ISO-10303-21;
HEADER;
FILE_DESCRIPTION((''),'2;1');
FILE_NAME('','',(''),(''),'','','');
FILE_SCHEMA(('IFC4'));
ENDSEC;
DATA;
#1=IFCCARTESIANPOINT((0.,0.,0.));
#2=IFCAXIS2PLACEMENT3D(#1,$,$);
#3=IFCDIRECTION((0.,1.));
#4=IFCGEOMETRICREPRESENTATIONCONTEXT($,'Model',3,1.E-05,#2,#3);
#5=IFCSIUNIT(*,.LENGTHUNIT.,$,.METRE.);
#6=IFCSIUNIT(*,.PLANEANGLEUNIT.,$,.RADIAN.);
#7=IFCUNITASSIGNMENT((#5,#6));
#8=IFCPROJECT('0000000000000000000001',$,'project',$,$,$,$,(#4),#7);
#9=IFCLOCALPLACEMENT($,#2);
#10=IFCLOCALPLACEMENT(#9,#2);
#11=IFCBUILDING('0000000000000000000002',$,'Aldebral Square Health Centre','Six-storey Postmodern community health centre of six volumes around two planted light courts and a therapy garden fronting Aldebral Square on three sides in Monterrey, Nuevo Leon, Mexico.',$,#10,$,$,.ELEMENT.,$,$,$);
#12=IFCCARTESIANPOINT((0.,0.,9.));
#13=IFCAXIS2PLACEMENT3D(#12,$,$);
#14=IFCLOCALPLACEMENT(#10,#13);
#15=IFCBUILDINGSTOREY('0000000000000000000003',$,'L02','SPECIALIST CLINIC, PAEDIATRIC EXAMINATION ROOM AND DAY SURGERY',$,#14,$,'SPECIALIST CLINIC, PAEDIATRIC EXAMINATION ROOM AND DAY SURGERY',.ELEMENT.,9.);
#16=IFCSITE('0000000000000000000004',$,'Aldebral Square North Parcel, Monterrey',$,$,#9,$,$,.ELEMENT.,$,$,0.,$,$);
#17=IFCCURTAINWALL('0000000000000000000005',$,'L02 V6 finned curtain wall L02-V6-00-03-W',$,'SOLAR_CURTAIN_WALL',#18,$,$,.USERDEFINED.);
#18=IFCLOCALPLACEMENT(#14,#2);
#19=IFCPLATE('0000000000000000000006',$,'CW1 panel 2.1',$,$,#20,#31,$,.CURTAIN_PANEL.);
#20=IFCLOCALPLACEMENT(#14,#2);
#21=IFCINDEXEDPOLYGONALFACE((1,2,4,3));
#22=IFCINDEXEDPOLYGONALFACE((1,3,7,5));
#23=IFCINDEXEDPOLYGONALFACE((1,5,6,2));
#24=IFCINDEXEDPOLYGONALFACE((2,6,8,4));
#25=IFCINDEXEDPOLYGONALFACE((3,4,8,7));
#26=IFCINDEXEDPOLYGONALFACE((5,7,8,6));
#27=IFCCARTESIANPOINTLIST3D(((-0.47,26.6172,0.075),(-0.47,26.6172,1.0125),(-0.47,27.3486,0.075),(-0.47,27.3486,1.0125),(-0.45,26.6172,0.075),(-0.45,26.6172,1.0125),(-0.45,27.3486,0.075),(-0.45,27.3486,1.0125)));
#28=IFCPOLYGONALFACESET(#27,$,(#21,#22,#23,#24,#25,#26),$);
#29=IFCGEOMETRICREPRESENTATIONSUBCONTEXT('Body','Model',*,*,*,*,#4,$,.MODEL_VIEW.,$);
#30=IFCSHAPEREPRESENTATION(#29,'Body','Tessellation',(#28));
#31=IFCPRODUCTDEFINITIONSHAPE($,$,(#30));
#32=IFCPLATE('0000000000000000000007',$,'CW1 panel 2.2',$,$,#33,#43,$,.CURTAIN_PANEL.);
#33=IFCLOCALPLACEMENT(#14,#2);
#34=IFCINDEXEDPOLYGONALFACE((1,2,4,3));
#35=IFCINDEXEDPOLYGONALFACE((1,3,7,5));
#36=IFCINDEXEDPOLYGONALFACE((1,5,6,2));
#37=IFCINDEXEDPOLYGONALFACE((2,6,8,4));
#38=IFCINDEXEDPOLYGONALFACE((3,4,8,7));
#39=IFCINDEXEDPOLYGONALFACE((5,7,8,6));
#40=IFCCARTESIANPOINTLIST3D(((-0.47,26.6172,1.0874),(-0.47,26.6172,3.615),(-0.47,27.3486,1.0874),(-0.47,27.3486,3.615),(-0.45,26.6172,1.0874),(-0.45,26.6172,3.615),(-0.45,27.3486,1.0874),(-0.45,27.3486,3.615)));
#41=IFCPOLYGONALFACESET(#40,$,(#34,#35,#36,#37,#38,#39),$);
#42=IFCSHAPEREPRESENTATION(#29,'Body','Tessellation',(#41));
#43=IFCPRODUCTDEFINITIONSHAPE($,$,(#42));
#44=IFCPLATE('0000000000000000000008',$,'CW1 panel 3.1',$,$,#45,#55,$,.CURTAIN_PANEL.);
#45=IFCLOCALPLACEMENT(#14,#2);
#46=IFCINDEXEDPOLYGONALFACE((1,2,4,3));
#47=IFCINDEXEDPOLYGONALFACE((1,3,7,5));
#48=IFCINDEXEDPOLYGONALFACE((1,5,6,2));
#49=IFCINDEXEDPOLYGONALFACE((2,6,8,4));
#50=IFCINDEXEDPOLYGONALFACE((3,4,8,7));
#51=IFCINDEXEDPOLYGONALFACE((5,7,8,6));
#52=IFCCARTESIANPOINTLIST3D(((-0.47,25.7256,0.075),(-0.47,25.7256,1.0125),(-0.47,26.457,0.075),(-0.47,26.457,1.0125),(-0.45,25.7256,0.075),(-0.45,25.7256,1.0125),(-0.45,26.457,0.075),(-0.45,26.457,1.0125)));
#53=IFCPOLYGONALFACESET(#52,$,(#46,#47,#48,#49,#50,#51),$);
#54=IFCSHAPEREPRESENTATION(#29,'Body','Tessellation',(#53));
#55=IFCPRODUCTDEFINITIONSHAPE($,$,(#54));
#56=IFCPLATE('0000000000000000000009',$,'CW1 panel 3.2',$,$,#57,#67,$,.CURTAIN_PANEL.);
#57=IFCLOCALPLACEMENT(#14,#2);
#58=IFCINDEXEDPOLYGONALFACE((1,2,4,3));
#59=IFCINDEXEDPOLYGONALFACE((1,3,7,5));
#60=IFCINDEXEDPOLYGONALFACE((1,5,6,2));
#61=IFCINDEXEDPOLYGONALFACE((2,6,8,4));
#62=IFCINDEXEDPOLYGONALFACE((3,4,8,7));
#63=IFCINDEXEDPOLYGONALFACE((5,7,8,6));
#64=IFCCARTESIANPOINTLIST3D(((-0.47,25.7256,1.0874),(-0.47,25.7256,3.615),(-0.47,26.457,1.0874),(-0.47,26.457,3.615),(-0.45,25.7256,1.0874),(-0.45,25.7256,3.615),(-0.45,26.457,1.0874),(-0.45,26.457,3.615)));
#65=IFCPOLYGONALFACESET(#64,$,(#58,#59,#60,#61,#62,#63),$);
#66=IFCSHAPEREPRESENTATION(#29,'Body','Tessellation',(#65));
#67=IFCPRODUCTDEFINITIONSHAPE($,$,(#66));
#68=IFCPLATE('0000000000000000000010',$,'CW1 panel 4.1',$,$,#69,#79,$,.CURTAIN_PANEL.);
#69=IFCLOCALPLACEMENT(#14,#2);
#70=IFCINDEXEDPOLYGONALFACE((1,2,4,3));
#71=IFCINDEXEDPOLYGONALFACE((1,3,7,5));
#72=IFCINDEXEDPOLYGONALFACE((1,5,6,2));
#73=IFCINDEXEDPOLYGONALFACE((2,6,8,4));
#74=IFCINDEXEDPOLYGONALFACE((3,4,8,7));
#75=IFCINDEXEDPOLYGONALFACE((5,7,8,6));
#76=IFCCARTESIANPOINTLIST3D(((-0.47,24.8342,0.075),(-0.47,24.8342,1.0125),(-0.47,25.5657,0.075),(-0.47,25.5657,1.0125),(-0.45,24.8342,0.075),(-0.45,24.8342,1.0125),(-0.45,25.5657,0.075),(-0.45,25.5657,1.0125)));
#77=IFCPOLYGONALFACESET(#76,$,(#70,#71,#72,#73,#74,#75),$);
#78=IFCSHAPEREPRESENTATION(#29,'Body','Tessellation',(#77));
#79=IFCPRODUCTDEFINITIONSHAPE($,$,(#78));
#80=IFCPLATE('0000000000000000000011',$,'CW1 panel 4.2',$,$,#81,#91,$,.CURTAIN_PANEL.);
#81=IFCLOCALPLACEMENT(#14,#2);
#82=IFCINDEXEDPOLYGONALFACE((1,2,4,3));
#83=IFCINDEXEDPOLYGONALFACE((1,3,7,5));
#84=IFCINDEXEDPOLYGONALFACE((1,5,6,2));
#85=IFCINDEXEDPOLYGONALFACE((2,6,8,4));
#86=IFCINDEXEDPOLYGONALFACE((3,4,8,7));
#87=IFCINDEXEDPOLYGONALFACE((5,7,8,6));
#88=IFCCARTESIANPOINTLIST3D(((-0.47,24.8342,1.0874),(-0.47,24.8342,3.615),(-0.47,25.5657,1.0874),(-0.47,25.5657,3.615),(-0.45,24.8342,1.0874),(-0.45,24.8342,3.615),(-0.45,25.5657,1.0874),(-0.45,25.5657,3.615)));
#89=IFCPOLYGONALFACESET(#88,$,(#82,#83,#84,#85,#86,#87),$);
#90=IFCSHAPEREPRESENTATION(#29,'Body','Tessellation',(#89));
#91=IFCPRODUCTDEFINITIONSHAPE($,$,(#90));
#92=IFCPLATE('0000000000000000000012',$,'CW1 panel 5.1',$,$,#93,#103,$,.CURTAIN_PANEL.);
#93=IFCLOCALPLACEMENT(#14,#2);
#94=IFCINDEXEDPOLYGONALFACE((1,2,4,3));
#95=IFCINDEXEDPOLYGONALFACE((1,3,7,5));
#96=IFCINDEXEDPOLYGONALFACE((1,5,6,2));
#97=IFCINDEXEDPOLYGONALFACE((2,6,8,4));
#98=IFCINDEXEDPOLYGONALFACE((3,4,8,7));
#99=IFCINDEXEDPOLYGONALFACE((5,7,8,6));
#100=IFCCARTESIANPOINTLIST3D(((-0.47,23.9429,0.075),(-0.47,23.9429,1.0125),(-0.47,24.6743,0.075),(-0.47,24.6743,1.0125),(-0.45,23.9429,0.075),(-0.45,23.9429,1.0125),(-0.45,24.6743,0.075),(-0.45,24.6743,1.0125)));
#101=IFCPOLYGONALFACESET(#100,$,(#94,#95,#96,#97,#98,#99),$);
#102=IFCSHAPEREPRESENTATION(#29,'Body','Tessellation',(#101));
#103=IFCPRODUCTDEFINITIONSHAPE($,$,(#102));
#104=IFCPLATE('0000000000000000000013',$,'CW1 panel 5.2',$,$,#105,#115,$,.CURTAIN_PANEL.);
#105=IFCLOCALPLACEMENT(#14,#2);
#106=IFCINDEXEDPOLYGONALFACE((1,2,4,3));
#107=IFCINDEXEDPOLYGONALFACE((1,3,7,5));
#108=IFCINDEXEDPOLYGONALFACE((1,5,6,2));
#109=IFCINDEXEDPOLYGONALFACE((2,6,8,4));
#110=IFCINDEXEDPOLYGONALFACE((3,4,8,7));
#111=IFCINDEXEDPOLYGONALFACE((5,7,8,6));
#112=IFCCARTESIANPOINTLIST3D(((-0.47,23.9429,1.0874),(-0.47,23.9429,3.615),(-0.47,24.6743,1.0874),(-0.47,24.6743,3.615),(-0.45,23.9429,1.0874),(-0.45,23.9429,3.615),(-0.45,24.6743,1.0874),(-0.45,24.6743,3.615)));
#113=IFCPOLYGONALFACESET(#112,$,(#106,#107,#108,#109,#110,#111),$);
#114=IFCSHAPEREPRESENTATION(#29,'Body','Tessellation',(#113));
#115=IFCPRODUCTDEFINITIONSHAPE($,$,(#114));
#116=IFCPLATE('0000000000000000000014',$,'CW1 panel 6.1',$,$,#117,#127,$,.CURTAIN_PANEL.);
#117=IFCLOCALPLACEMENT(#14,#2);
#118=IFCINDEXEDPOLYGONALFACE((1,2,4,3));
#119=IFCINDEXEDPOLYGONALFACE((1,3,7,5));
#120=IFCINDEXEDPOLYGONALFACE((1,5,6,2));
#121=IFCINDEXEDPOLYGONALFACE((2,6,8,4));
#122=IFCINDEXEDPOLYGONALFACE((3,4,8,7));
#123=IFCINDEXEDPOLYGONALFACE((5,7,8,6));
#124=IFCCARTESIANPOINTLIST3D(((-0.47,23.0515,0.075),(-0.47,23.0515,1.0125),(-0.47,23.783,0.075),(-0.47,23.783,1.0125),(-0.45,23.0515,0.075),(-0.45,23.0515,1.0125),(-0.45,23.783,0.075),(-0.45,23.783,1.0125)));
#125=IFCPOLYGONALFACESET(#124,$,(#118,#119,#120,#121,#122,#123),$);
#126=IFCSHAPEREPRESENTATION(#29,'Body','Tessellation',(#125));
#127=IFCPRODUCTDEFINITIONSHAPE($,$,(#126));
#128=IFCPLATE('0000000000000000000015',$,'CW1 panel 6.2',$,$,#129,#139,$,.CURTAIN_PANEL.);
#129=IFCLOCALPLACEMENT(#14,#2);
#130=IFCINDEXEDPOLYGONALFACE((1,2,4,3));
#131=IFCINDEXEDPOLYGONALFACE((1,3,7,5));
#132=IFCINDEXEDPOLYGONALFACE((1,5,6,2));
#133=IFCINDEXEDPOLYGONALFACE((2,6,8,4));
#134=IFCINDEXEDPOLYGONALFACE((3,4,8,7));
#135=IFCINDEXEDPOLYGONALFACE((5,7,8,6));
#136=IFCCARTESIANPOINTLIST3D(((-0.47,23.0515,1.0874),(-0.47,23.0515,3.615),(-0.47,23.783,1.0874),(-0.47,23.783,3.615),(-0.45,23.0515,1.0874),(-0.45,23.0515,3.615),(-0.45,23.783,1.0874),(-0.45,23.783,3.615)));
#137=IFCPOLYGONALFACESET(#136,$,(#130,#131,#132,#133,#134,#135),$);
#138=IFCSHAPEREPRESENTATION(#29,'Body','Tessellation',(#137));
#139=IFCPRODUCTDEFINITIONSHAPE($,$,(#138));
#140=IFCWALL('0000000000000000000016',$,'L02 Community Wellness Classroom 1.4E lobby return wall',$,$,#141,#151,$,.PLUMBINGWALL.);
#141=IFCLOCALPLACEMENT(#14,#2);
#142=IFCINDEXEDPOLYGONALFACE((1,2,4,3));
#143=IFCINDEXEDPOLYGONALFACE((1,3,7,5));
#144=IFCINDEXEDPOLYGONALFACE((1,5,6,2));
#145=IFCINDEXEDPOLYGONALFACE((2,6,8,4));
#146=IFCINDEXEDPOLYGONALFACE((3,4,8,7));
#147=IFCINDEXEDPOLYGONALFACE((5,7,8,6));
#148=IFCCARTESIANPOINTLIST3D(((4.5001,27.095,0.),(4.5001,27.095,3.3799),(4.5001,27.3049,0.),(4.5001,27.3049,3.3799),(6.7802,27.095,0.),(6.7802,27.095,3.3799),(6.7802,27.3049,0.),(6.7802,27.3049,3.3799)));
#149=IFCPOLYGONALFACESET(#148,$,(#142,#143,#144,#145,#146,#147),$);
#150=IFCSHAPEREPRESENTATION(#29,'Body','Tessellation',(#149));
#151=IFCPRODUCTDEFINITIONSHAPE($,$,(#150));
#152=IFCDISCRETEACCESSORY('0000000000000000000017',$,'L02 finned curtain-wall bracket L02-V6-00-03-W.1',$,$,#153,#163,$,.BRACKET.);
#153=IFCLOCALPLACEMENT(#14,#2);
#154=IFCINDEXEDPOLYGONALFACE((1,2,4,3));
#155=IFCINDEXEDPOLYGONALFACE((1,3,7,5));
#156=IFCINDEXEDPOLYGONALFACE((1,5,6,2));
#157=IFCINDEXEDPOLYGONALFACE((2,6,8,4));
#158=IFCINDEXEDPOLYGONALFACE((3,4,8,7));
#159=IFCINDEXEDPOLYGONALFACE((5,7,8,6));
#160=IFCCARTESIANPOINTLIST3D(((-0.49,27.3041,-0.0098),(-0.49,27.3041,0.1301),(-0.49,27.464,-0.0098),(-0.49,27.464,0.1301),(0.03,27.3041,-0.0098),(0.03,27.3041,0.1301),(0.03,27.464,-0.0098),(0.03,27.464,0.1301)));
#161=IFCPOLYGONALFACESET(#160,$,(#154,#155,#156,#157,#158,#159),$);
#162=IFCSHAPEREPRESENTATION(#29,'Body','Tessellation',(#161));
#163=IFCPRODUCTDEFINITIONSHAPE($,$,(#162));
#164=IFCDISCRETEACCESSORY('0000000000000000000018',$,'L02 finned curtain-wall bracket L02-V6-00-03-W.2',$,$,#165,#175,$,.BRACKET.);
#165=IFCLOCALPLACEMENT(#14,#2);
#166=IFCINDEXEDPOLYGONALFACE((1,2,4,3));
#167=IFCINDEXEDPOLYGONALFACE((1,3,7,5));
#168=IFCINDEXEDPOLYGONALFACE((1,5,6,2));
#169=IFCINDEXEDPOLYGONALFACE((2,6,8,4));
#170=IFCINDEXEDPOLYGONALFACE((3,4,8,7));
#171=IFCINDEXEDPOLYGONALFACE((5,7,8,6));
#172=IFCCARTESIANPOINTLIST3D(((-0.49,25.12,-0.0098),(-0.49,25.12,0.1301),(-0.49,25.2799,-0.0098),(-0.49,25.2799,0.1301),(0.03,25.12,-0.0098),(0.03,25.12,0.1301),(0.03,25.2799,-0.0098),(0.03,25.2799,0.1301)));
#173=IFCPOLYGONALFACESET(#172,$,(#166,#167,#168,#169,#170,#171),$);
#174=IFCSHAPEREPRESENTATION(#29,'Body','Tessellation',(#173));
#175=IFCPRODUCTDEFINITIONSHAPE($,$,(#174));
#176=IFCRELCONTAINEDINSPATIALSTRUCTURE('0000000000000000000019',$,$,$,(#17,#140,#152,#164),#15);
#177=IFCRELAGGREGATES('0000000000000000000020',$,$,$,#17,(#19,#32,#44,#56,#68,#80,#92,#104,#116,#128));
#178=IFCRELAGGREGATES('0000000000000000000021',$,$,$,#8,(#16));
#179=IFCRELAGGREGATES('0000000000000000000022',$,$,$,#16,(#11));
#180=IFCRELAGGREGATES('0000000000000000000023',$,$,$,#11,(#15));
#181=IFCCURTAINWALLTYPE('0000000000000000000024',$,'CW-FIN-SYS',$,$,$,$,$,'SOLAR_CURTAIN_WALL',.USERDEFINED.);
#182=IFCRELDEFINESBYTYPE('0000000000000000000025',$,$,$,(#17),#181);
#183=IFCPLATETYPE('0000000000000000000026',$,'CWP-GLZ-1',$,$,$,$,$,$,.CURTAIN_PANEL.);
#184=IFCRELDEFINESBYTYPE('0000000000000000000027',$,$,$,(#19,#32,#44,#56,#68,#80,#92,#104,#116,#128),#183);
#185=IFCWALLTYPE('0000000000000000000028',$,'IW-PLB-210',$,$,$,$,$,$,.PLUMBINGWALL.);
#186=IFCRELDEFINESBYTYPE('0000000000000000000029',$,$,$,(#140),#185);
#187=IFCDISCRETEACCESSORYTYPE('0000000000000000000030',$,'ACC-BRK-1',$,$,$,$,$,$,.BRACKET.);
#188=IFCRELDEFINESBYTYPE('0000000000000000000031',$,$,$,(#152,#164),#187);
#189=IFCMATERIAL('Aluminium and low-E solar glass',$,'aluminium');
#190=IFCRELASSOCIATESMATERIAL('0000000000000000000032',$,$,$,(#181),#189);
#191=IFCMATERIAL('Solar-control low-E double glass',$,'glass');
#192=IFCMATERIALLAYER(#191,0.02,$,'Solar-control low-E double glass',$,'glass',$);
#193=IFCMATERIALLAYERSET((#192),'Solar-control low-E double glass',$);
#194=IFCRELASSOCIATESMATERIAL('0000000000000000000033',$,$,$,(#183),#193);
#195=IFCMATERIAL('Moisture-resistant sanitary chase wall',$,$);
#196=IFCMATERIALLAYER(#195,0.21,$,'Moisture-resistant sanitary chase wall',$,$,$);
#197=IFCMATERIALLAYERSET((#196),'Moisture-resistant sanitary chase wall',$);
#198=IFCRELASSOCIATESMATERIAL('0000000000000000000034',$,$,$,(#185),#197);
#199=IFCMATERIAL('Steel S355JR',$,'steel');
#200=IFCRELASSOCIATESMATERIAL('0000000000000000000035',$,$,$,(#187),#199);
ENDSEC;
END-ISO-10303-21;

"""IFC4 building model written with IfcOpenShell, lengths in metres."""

from ifc_helpers import new_model, si_unit, direction, frame, frame_2d, origin, origin_2d, place, context, subcontext, project, spatial, rectangle, extrude, material, layer, layer_set, type_object, element, aggregate, save


model = new_model("IFC4")

# Units and contexts
model_context = context("Model", 3, precision=1e-05, world=origin(), true_north=direction((0.0, 1.0)))
body_context = subcontext(model_context, "Body", "Model", "MODEL_VIEW")
ifc_project = project(units=[si_unit("LENGTHUNIT", "METRE"), si_unit("PLANEANGLEUNIT", "RADIAN")], contexts=[model_context])

# Site, building, storey
site_placement = place(None, origin())
site = spatial("IfcSite", under=ifc_project, at=site_placement, Name="Aldebral Square North Parcel, Monterrey", CompositionType="ELEMENT", RefElevation=0.0)
building_placement = place(site_placement, origin())
building = spatial("IfcBuilding", under=site, at=building_placement, Name="Aldebral Square Health Centre", Description="Six-storey Postmodern community health centre of six volumes around two planted light courts and a therapy garden fronting Aldebral Square on three sides in Monterrey, Nuevo Leon, Mexico.", CompositionType="ELEMENT")
storey_placement = place(building_placement, frame((0.0, 0.0, 9.0)))
storey = spatial("IfcBuildingStorey", under=building, at=storey_placement, Name="L02", Description="SPECIALIST CLINIC, PAEDIATRIC EXAMINATION ROOM AND DAY SURGERY", LongName="SPECIALIST CLINIC, PAEDIATRIC EXAMINATION ROOM AND DAY SURGERY", CompositionType="ELEMENT", Elevation=9.0)

# Curtain wall, plates
ifc_material_1 = material(Name="Aluminium and low-E solar glass", Category="aluminium")
curtain_wall_type = type_object("IfcCurtainWallType", Name="CW-FIN-SYS", ElementType="SOLAR_CURTAIN_WALL", PredefinedType="USERDEFINED", material=ifc_material_1)
curtain_wall_placement = place(storey_placement, origin())
curtain_wall = element("IfcCurtainWall", 1, at=curtain_wall_placement, inside=storey, type_object=curtain_wall_type, Name="L02 V6 finned curtain wall L02-V6-00-03-W", ObjectType="SOLAR_CURTAIN_WALL", PredefinedType="USERDEFINED")
ifc_material_2 = material(Name="Solar-control low-E double glass", Category="glass")
ifc_layer_1 = layer(ifc_material_2, 0.02, Name="Solar-control low-E double glass", Category="glass")
ifc_layer_set_1 = layer_set([ifc_layer_1], Name="Solar-control low-E double glass")
plate_type = type_object("IfcPlateType", Name="CWP-GLZ-1", PredefinedType="CURTAIN_PANEL", material=ifc_layer_set_1)
plate_1_placement = place(storey_placement, frame((-0.46, 26.9829, 0.075), z_axis=(0.0, 0.0, 1.0), x_axis=(0.0, -1.0, 0.0)))
plate_1 = element("IfcPlate", 2, at=plate_1_placement, type_object=plate_type, Name="CW1 panel 2.1", PredefinedType="CURTAIN_PANEL", context=body_context, shape_type="SweptSolid", body=[
    extrude(rectangle(XDim=0.7314, YDim=0.02, at=origin_2d()), origin(), (0.0, 0.0, 1.0), 0.9375),
])
plate_2_placement = place(storey_placement, frame((-0.46, 26.9829, 1.0874), z_axis=(0.0, 0.0, 1.0), x_axis=(0.0, -1.0, 0.0)))
plate_2 = element("IfcPlate", 3, at=plate_2_placement, type_object=plate_type, Name="CW1 panel 2.2", PredefinedType="CURTAIN_PANEL", context=body_context, shape_type="SweptSolid", body=[
    extrude(rectangle(XDim=0.7314, YDim=0.02, at=origin_2d()), origin(), (0.0, 0.0, 1.0), 2.5276),
])
plate_3_placement = place(storey_placement, frame((-0.46, 26.0913, 0.075), z_axis=(0.0, 0.0, 1.0), x_axis=(0.0, -1.0, 0.0)))
plate_3 = element("IfcPlate", 4, at=plate_3_placement, type_object=plate_type, Name="CW1 panel 3.1", PredefinedType="CURTAIN_PANEL", context=body_context, shape_type="SweptSolid", body=[
    extrude(rectangle(XDim=0.7314, YDim=0.02, at=origin_2d()), origin(), (0.0, 0.0, 1.0), 0.9375),
])
plate_4_placement = place(storey_placement, frame((-0.46, 26.0913, 1.0874), z_axis=(0.0, 0.0, 1.0), x_axis=(0.0, -1.0, 0.0)))
plate_4 = element("IfcPlate", 5, at=plate_4_placement, type_object=plate_type, Name="CW1 panel 3.2", PredefinedType="CURTAIN_PANEL", context=body_context, shape_type="SweptSolid", body=[
    extrude(rectangle(XDim=0.7314, YDim=0.02, at=origin_2d()), origin(), (0.0, 0.0, 1.0), 2.5276),
])
plate_5_placement = place(storey_placement, frame((-0.46, 25.2, 0.075), z_axis=(0.0, 0.0, 1.0), x_axis=(0.0, -1.0, 0.0)))
plate_5 = element("IfcPlate", 6, at=plate_5_placement, type_object=plate_type, Name="CW1 panel 4.1", PredefinedType="CURTAIN_PANEL", context=body_context, shape_type="SweptSolid", body=[
    extrude(rectangle(XDim=0.7314, YDim=0.02, at=origin_2d()), origin(), (0.0, 0.0, 1.0), 0.9375),
])
plate_6_placement = place(storey_placement, frame((-0.46, 25.2, 1.0874), z_axis=(0.0, 0.0, 1.0), x_axis=(0.0, -1.0, 0.0)))
plate_6 = element("IfcPlate", 7, at=plate_6_placement, type_object=plate_type, Name="CW1 panel 4.2", PredefinedType="CURTAIN_PANEL", context=body_context, shape_type="SweptSolid", body=[
    extrude(rectangle(XDim=0.7314, YDim=0.02, at=origin_2d()), origin(), (0.0, 0.0, 1.0), 2.5276),
])
plate_7_placement = place(storey_placement, frame((-0.46, 24.3086, 0.075), z_axis=(0.0, 0.0, 1.0), x_axis=(0.0, -1.0, 0.0)))
plate_7 = element("IfcPlate", 8, at=plate_7_placement, type_object=plate_type, Name="CW1 panel 5.1", PredefinedType="CURTAIN_PANEL", context=body_context, shape_type="SweptSolid", body=[
    extrude(rectangle(XDim=0.7314, YDim=0.02, at=origin_2d()), origin(), (0.0, 0.0, 1.0), 0.9375),
])
plate_8_placement = place(storey_placement, frame((-0.46, 24.3086, 1.0874), z_axis=(0.0, 0.0, 1.0), x_axis=(0.0, -1.0, 0.0)))
plate_8 = element("IfcPlate", 9, at=plate_8_placement, type_object=plate_type, Name="CW1 panel 5.2", PredefinedType="CURTAIN_PANEL", context=body_context, shape_type="SweptSolid", body=[
    extrude(rectangle(XDim=0.7314, YDim=0.02, at=origin_2d()), origin(), (0.0, 0.0, 1.0), 2.5276),
])
plate_9_placement = place(storey_placement, frame((-0.46, 23.4172, 0.075), z_axis=(0.0, 0.0, 1.0), x_axis=(0.0, -1.0, 0.0)))
plate_9 = element("IfcPlate", 10, at=plate_9_placement, type_object=plate_type, Name="CW1 panel 6.1", PredefinedType="CURTAIN_PANEL", context=body_context, shape_type="SweptSolid", body=[
    extrude(rectangle(XDim=0.7314, YDim=0.02, at=origin_2d()), origin(), (0.0, 0.0, 1.0), 0.9375),
])
plate_10_placement = place(storey_placement, frame((-0.46, 23.4172, 1.0874), z_axis=(0.0, 0.0, 1.0), x_axis=(0.0, -1.0, 0.0)))
plate_10 = element("IfcPlate", 11, at=plate_10_placement, type_object=plate_type, Name="CW1 panel 6.2", PredefinedType="CURTAIN_PANEL", context=body_context, shape_type="SweptSolid", body=[
    extrude(rectangle(XDim=0.7314, YDim=0.02, at=origin_2d()), origin(), (0.0, 0.0, 1.0), 2.5276),
])
aggregate(curtain_wall, [plate_1, plate_2, plate_3, plate_4, plate_5, plate_6, plate_7, plate_8, plate_9, plate_10])

# Wall
ifc_material_3 = material(Name="Moisture-resistant sanitary chase wall")
ifc_layer_2 = layer(ifc_material_3, 0.21, Name="Moisture-resistant sanitary chase wall")
ifc_layer_set_2 = layer_set([ifc_layer_2], Name="Moisture-resistant sanitary chase wall")
wall_type = type_object("IfcWallType", Name="IW-PLB-210", PredefinedType="PLUMBINGWALL", material=ifc_layer_set_2)
wall_placement = place(storey_placement, frame((4.5, 27.2, 0.0), z_axis=(0.0, 0.0, 1.0), x_axis=(1.0, 0.0, 0.0)))
element("IfcWall", 12, at=wall_placement, inside=storey, type_object=wall_type, Name="L02 Community Wellness Classroom 1.4E lobby return wall", PredefinedType="PLUMBINGWALL", context=body_context, shape_type="SweptSolid", body=[
    extrude(rectangle(XDim=2.28, YDim=0.21, at=frame_2d((1.1401, 0.0))), origin(), (0.0, 0.0, 1.0), 3.3799),
])

# Discrete accessories
ifc_material_4 = material(Name="Steel S355JR", Category="steel")
discrete_accessory_type = type_object("IfcDiscreteAccessoryType", Name="ACC-BRK-1", PredefinedType="BRACKET", material=ifc_material_4)
for number, where, z_axis, x_axis, name in (
    (13, (-0.23, 27.384, -0.0098), (0.0, 0.0, 1.0), (0.0, 1.0, 0.0), "L02 finned curtain-wall bracket L02-V6-00-03-W.1"),
    (14, (-0.23, 25.2, -0.0098), (0.0, 0.0, 1.0), (0.0, 1.0, 0.0), "L02 finned curtain-wall bracket L02-V6-00-03-W.2"),
):
    element("IfcDiscreteAccessory", number, at=place(storey_placement, frame(where, z_axis=z_axis, x_axis=x_axis)), inside=storey, type_object=discrete_accessory_type, Name=name, PredefinedType="BRACKET", context=body_context, shape_type="SweptSolid", body=[
        extrude(rectangle(XDim=0.1599, YDim=0.52, at=origin_2d()), origin(), (0.0, 0.0, 1.0), 0.1399),
    ])

save(model, "model.ifc")
